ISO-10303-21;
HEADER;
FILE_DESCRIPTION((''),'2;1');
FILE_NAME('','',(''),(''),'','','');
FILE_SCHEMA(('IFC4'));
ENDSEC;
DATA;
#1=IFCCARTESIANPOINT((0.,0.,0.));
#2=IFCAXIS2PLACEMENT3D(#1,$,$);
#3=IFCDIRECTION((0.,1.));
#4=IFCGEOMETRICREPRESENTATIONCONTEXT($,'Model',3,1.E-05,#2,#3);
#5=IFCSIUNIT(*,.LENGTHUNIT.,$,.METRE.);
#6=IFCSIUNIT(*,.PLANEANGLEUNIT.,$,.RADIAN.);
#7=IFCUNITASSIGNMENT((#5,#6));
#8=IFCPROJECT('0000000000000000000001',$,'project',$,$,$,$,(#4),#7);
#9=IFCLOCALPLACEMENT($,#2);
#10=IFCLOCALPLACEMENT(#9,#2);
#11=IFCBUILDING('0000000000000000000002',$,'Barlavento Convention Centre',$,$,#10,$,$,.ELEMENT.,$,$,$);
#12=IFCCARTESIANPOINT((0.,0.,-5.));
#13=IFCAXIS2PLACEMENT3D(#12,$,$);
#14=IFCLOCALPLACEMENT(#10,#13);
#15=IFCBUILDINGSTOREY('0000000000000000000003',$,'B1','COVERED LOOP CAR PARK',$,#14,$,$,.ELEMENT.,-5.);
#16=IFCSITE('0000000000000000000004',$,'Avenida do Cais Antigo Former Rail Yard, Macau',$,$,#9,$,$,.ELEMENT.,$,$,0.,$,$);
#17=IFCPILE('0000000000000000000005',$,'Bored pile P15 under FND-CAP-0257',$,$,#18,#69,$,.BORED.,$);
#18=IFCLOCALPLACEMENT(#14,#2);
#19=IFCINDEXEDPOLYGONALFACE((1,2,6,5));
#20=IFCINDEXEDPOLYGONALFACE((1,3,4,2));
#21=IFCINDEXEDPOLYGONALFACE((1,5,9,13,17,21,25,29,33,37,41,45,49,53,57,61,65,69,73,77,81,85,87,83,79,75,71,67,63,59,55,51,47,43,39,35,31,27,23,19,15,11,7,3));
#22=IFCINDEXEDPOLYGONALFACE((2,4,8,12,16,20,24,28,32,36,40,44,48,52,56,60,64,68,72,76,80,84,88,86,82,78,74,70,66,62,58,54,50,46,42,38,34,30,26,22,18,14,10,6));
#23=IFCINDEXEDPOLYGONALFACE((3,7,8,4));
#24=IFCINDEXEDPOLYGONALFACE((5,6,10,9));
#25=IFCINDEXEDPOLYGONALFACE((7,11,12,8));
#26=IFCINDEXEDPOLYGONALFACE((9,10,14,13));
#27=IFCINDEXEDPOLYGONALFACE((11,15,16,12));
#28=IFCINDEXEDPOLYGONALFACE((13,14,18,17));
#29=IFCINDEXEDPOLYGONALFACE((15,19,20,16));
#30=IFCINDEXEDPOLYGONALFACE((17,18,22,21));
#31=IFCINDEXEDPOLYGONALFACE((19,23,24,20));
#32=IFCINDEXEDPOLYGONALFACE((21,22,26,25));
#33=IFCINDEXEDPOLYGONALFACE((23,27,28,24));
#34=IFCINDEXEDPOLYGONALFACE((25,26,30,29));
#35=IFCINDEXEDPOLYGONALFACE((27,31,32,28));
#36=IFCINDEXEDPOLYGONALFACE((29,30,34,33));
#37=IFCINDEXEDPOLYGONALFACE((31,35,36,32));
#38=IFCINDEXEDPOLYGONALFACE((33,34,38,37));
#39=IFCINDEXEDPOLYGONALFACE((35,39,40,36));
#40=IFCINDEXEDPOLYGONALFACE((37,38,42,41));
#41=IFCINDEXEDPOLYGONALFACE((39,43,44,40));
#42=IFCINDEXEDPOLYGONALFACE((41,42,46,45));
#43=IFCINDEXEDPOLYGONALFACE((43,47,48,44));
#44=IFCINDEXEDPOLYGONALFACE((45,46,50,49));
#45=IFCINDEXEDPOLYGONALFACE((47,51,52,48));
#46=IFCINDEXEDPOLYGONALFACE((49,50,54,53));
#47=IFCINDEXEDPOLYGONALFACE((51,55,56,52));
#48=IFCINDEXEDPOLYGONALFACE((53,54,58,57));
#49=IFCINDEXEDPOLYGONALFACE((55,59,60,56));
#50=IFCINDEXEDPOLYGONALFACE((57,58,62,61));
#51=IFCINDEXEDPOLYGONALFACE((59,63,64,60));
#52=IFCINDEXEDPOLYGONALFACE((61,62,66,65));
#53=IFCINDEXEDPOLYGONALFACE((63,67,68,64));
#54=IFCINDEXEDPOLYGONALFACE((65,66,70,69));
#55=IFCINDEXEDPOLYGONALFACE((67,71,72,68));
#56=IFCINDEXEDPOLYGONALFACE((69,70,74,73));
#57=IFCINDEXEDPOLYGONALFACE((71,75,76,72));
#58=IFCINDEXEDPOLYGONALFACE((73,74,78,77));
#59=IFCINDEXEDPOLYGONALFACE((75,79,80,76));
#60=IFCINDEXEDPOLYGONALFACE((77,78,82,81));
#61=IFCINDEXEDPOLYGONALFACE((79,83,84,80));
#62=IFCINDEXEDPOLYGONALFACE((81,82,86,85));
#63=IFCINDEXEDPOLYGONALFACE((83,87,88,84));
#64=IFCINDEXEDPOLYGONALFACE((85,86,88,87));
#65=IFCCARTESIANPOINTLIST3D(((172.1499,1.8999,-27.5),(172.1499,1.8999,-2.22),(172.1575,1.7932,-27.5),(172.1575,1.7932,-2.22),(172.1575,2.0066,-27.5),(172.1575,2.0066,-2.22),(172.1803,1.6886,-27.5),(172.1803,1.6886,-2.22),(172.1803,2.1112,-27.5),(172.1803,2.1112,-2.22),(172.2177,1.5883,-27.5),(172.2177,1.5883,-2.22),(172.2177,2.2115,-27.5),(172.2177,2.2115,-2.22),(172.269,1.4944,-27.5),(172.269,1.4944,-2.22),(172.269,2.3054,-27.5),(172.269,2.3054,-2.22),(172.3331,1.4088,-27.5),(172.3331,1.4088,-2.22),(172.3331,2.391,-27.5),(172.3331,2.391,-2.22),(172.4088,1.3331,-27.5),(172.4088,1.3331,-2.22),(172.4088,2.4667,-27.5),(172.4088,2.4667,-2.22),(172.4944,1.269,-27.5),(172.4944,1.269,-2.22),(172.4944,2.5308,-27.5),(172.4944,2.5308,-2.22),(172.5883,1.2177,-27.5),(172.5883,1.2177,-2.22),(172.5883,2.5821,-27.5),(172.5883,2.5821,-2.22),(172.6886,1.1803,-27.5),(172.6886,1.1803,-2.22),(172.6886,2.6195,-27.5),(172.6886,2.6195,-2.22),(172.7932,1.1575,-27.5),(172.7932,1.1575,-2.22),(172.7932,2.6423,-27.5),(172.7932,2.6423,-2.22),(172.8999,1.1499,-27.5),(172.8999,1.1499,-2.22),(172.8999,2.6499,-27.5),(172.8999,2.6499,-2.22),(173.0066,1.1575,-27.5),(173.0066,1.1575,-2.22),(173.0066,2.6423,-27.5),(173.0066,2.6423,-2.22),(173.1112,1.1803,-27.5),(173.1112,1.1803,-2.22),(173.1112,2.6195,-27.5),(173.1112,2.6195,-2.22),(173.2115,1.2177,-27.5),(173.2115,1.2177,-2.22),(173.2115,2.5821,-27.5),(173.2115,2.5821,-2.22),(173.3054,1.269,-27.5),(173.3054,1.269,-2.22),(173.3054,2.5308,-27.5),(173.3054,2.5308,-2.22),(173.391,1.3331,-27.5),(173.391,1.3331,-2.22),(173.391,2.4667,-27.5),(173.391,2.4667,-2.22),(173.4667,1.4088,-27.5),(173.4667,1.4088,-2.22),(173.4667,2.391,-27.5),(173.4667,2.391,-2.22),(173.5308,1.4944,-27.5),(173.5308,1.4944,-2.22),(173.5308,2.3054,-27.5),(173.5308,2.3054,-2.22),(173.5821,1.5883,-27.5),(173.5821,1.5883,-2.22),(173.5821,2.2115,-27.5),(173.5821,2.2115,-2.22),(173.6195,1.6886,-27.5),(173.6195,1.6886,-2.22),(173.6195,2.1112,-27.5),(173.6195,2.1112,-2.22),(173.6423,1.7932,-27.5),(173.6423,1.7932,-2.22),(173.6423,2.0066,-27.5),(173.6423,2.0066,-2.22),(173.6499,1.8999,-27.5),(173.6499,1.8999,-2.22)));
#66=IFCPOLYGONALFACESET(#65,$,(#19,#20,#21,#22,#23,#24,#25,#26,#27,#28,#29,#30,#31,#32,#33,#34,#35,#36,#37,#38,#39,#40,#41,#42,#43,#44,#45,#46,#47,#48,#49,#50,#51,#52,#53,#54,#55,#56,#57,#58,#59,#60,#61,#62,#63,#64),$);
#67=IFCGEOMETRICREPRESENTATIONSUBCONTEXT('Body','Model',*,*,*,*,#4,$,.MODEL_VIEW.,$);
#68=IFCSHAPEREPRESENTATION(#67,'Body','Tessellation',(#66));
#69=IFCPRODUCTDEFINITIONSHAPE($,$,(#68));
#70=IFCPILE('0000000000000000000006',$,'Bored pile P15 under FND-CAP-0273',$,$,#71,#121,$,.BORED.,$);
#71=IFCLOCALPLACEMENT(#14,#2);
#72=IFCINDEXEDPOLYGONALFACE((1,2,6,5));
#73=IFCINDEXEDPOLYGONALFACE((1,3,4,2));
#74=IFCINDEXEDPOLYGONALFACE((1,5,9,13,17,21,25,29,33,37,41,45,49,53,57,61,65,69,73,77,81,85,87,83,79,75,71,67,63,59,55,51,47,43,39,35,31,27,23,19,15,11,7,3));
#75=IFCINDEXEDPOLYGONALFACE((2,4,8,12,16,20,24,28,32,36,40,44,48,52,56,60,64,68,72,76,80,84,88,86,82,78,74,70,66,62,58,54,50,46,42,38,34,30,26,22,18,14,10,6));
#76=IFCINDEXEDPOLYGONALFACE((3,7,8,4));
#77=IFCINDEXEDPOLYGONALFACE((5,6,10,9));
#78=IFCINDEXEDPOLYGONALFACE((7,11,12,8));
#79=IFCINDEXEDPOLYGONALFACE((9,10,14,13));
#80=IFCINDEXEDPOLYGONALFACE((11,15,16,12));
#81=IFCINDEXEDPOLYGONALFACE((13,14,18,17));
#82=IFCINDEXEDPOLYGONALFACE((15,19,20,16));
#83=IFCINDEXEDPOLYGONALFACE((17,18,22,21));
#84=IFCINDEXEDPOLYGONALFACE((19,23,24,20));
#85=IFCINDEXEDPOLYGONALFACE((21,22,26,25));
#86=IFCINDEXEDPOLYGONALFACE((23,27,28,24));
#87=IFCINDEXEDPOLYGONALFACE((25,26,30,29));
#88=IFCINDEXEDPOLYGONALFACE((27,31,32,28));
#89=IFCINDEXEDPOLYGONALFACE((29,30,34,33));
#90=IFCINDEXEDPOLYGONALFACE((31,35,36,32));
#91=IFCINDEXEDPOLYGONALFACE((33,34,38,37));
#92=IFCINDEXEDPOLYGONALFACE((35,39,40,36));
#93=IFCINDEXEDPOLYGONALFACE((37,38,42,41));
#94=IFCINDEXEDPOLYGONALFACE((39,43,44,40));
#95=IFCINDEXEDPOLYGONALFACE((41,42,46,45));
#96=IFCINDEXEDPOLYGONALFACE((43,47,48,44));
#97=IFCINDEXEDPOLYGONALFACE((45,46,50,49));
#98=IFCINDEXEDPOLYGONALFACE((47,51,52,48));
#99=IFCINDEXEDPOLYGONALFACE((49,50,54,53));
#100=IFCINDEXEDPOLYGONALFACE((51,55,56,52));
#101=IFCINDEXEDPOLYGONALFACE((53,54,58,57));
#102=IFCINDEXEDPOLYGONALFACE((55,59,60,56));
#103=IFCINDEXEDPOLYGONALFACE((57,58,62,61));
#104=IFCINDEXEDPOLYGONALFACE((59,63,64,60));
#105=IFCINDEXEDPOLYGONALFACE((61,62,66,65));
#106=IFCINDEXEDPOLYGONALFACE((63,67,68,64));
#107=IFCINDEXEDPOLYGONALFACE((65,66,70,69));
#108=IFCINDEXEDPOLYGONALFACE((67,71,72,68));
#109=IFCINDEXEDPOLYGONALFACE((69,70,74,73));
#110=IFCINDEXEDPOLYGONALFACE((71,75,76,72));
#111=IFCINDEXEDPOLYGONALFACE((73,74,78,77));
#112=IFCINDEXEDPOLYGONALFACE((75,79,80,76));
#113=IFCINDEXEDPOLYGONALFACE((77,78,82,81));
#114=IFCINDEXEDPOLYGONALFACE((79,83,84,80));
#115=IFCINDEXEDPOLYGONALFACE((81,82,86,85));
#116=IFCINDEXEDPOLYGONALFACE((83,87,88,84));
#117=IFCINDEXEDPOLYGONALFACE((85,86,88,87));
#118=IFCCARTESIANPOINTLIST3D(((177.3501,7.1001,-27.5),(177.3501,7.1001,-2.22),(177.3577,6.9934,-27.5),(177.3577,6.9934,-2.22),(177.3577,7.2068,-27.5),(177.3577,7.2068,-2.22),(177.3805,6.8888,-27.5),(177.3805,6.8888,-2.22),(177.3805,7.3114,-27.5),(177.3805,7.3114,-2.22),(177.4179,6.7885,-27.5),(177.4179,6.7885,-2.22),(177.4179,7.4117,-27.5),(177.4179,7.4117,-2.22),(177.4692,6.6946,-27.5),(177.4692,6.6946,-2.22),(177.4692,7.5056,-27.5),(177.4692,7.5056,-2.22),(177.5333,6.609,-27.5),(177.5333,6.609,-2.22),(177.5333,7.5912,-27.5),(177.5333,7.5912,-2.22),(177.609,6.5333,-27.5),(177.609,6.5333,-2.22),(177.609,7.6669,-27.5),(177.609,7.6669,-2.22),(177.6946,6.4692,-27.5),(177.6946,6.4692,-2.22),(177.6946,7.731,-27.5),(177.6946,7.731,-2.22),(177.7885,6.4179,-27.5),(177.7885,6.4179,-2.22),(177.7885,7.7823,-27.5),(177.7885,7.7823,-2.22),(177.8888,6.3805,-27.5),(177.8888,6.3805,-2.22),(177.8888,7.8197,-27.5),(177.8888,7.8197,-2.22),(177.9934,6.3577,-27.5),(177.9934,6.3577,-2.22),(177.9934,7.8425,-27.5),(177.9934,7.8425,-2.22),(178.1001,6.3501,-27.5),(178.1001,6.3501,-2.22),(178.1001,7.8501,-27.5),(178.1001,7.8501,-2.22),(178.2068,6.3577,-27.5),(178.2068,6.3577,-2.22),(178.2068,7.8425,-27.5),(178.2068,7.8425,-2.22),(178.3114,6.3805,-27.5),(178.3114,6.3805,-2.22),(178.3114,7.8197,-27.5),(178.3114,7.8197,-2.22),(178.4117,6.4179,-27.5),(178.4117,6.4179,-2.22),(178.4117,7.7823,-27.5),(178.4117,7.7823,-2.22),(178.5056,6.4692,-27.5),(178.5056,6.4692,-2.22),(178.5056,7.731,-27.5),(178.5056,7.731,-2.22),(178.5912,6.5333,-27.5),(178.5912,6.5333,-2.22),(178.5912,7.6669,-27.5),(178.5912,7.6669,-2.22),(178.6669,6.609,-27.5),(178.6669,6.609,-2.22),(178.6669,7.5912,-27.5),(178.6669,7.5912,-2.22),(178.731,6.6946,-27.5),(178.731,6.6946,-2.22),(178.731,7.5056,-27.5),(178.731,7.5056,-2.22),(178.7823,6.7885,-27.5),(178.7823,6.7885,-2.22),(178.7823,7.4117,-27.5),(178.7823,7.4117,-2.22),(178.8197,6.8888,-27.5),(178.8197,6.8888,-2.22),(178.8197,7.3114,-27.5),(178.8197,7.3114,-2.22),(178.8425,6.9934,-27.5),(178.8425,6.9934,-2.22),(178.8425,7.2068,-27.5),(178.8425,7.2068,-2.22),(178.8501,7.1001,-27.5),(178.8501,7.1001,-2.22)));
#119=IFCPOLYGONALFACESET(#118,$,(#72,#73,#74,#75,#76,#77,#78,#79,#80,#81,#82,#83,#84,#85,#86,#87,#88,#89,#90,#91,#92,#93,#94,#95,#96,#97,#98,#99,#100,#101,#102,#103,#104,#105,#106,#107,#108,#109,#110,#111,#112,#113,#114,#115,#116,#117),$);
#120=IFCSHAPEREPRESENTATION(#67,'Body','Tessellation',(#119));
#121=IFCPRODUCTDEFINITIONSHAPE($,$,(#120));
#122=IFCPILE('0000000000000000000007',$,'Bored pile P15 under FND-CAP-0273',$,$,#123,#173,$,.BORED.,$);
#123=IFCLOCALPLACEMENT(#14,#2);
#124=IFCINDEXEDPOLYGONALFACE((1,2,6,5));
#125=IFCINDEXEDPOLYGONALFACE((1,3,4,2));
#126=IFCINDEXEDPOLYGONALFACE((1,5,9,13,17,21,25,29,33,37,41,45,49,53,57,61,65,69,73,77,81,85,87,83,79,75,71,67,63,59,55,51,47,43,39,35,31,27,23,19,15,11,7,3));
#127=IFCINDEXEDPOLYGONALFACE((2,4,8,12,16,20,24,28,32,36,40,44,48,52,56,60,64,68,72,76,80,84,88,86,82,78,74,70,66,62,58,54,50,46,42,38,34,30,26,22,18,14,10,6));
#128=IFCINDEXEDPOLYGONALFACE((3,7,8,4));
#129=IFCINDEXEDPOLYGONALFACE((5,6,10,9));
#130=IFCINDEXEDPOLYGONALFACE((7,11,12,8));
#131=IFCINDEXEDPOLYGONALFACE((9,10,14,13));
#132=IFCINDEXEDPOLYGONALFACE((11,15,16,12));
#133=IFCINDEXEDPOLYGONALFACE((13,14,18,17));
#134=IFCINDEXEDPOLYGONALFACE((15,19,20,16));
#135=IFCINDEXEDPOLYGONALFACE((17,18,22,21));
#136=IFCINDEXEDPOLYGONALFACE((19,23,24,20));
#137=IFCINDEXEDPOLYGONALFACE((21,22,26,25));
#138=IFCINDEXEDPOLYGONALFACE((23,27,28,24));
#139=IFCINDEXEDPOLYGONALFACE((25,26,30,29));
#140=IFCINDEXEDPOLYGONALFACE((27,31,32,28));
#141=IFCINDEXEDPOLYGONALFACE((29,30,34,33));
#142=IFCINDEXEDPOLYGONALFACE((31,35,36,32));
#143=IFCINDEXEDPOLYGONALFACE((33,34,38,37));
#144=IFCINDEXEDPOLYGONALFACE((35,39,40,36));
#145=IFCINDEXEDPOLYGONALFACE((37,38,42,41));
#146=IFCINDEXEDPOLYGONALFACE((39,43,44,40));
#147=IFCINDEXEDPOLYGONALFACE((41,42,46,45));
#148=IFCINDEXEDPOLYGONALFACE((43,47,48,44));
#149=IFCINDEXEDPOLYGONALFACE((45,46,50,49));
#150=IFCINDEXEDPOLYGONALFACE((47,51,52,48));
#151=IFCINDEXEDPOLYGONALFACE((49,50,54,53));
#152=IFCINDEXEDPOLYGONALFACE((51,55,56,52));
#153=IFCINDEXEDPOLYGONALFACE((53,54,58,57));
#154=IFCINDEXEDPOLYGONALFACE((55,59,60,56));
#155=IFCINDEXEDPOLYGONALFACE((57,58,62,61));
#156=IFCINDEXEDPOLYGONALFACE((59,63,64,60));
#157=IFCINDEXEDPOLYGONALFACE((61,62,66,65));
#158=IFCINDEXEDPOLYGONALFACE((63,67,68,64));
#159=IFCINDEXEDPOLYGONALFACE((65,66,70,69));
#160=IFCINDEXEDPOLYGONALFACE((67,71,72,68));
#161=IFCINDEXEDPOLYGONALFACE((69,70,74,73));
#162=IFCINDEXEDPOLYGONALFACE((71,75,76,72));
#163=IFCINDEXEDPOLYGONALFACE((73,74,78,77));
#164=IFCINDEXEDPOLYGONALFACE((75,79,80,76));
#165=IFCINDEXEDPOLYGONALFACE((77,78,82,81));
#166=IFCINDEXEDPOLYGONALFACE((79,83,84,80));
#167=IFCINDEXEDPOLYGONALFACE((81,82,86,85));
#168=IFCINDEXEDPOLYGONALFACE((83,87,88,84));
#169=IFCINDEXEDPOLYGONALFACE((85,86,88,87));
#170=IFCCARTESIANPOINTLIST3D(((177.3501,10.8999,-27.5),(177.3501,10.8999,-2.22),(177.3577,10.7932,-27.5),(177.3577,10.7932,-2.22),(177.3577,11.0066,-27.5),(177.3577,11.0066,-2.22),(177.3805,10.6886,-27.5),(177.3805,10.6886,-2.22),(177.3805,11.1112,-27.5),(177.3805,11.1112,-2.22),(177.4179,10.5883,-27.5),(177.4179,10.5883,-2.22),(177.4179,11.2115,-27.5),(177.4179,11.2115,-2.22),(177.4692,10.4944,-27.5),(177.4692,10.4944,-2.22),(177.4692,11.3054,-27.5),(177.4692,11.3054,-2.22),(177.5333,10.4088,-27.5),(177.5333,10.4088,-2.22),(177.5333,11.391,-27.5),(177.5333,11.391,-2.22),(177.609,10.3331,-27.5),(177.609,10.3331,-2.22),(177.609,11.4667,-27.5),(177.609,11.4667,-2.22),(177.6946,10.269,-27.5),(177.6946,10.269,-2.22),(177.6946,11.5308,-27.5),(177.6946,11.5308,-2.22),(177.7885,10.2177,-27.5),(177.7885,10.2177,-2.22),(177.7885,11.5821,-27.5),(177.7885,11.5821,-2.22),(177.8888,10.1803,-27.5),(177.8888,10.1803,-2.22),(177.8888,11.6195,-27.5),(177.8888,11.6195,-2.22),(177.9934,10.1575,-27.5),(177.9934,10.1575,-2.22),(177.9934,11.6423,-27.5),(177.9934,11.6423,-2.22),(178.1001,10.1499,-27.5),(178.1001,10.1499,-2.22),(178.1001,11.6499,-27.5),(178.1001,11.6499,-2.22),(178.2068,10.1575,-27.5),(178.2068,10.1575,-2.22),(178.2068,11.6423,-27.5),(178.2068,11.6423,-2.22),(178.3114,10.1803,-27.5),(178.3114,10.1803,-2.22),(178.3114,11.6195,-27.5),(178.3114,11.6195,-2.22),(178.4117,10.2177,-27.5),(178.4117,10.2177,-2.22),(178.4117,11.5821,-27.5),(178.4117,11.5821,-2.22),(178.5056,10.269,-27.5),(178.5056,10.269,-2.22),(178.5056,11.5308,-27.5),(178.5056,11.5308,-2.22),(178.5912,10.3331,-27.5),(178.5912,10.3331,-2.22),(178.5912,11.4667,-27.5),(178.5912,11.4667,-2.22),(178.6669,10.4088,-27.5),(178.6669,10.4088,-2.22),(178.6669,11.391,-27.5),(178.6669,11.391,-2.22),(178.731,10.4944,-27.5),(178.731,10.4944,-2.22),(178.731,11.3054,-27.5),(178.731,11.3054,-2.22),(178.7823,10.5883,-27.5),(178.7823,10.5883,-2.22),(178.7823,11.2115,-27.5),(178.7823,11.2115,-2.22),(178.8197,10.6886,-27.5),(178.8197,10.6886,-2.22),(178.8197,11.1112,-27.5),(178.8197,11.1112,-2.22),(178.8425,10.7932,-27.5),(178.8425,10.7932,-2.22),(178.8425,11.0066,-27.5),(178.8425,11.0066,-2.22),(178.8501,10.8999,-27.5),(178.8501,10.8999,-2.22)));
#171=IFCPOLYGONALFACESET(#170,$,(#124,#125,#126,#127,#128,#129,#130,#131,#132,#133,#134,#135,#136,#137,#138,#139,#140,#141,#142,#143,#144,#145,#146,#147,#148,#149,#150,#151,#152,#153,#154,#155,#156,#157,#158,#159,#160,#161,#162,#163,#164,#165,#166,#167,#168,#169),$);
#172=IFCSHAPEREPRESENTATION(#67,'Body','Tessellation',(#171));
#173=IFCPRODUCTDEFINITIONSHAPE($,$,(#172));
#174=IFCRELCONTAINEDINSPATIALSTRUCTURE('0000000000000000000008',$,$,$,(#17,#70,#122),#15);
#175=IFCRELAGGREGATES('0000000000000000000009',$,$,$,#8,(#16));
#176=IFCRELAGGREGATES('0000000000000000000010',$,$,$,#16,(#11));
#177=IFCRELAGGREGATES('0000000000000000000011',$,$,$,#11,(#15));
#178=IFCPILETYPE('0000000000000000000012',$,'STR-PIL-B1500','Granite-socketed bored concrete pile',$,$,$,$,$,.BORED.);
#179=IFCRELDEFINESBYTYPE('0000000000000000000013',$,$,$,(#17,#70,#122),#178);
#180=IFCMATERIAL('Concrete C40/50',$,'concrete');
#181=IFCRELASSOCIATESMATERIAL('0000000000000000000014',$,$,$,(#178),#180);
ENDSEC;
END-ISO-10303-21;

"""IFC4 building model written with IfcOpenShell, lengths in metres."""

from ifc_helpers import new_model, si_unit, direction, frame, origin, origin_2d, place, context, subcontext, project, spatial, circle, extrude, material, material_profile, profile_set, type_object, element, save


model = new_model("IFC4")

# Units and contexts
model_context = context("Model", 3, precision=1e-05, world=origin(), true_north=direction((0.0, 1.0)))
body_context = subcontext(model_context, "Body", "Model", "MODEL_VIEW")
ifc_project = project(units=[si_unit("LENGTHUNIT", "METRE"), si_unit("PLANEANGLEUNIT", "RADIAN")], contexts=[model_context])

# Site, building, storey
site_placement = place(None, origin())
site = spatial("IfcSite", under=ifc_project, at=site_placement, Name="Avenida do Cais Antigo Former Rail Yard, Macau", CompositionType="ELEMENT", RefElevation=0.0)
building_placement = place(site_placement, origin())
building = spatial("IfcBuilding", under=site, at=building_placement, Name="Barlavento Convention Centre", CompositionType="ELEMENT")
storey_placement = place(building_placement, frame((0.0, 0.0, -5.0)))
storey = spatial("IfcBuildingStorey", under=building, at=storey_placement, Name="B1", Description="COVERED LOOP CAR PARK", CompositionType="ELEMENT", Elevation=-5.0)

# Shared definitions
ifc_material_1 = material(Name="Concrete C40/50", Category="concrete")

# Piles
ifc_material_profile_1 = material_profile(ifc_material_1, circle(Radius=0.75, at=origin_2d()), Name="BORED PILE 1500")
ifc_profile_set_1 = profile_set([ifc_material_profile_1], Name="Concrete C40/50")
pile_type_1 = type_object("IfcPileType", Name="STR-PIL-B1500", Description="Granite-socketed bored concrete pile", PredefinedType="BORED", material=ifc_profile_set_1)
for number, where, z_axis, x_axis, name in (
    (1, (172.8999, 1.8999, -2.22), (0.0, 0.0, -1.0), (1.0, 0.0, 0.0), "Bored pile P15 under FND-CAP-0257"),
    (2, (178.1001, 7.1001, -2.22), (0.0, 0.0, -1.0), (1.0, 0.0, 0.0), "Bored pile P15 under FND-CAP-0273"),
    (3, (178.1001, 10.8999, -2.22), (0.0, 0.0, -1.0), (1.0, 0.0, 0.0), "Bored pile P15 under FND-CAP-0273"),
):
    element("IfcPile", number, at=place(storey_placement, frame(where, z_axis=z_axis, x_axis=x_axis)), inside=storey, type_object=pile_type_1, Name=name, PredefinedType="BORED", context=body_context, shape_type="SweptSolid", body=[
        extrude(circle(Radius=0.75, at=origin_2d()), origin(), (0.0, 0.0, 1.0), 25.28),
    ])

save(model, "model.ifc")
